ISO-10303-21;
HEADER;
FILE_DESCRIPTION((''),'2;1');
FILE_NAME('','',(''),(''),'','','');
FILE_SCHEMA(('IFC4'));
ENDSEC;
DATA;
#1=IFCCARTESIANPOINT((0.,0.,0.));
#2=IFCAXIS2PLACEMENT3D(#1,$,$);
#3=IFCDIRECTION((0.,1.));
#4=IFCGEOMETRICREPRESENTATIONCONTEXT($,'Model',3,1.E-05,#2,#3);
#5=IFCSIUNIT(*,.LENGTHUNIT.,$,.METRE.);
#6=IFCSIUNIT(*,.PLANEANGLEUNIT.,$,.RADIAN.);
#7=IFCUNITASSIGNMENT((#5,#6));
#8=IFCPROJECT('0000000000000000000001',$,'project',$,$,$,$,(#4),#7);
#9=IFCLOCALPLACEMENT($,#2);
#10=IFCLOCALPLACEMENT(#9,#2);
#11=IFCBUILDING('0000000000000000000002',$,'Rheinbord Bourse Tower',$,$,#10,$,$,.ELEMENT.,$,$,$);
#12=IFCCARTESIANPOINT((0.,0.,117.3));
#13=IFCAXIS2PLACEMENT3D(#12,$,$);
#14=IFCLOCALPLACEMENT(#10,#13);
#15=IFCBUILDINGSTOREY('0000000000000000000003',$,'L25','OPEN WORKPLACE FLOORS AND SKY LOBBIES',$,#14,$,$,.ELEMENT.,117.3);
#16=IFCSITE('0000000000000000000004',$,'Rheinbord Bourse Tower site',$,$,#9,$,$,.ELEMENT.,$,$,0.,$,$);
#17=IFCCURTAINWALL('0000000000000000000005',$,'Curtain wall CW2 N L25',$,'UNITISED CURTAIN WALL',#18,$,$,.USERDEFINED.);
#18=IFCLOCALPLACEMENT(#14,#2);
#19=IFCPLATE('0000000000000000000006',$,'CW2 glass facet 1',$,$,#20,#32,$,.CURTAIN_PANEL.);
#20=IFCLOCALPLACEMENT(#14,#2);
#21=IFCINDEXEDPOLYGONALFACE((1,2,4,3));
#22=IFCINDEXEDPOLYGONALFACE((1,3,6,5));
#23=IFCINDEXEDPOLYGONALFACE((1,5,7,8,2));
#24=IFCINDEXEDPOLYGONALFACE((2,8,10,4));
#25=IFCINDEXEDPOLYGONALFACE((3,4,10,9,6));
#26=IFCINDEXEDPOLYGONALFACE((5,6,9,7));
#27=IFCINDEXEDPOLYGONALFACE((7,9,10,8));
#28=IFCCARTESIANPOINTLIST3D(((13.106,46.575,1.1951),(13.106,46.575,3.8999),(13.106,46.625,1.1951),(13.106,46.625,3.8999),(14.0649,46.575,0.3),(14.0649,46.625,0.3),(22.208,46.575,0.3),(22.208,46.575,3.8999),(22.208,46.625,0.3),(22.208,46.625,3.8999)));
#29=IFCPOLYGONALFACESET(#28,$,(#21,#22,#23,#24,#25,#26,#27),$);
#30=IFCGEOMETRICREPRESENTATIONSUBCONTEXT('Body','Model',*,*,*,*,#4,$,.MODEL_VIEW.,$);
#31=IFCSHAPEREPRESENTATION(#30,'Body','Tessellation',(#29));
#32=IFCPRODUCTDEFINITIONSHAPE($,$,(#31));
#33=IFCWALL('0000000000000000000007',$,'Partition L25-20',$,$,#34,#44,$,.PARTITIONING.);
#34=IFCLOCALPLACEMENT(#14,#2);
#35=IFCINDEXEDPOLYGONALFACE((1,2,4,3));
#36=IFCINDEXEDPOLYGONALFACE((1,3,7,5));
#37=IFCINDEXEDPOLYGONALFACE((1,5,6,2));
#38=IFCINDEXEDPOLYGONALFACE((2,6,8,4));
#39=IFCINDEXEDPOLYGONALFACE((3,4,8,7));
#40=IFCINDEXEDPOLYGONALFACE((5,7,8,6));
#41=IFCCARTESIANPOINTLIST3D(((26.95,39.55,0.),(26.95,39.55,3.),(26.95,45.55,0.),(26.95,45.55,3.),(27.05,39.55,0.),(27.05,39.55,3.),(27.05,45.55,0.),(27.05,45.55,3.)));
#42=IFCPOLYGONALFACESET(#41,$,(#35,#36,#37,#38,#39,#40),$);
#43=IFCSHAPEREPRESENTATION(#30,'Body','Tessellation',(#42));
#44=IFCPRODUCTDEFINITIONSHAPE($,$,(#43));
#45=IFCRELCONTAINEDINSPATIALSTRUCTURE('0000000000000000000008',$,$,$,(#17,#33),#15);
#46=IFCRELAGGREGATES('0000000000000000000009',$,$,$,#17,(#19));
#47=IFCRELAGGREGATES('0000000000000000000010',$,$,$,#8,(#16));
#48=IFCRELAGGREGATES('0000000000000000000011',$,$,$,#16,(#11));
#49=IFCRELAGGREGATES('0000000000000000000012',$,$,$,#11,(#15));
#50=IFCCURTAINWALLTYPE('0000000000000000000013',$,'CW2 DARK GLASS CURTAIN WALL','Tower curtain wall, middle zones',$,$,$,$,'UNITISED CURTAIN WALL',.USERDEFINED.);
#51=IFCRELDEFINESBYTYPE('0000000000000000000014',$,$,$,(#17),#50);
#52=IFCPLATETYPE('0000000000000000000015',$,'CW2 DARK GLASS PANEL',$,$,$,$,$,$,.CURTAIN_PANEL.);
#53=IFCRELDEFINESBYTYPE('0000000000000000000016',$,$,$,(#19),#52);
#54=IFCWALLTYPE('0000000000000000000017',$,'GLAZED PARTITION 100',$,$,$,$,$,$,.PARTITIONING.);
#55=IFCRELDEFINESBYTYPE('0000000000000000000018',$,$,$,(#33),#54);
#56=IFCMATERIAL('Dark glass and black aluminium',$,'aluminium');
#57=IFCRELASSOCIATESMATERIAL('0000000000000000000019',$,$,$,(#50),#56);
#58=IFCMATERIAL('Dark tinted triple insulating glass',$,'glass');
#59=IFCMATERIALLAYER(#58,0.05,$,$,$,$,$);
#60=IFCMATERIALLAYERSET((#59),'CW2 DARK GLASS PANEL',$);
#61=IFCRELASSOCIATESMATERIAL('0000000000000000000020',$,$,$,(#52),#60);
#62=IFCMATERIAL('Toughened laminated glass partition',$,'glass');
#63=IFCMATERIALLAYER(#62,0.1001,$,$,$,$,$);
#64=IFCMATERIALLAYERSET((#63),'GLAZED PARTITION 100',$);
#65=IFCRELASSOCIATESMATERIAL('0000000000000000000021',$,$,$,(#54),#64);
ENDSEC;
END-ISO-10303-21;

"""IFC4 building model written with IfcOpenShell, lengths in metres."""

from ifc_helpers import new_model, si_unit, direction, frame, frame_2d, origin, place, context, subcontext, project, spatial, polyline, rectangle, outline, extrude, material, layer, layer_set, type_object, element, aggregate, save


model = new_model("IFC4")

# Units and contexts
model_context = context("Model", 3, precision=1e-05, world=origin(), true_north=direction((0.0, 1.0)))
body_context = subcontext(model_context, "Body", "Model", "MODEL_VIEW")
ifc_project = project(units=[si_unit("LENGTHUNIT", "METRE"), si_unit("PLANEANGLEUNIT", "RADIAN")], contexts=[model_context])

# Site, building, storey
site_placement = place(None, origin())
site = spatial("IfcSite", under=ifc_project, at=site_placement, Name="Rheinbord Bourse Tower site", CompositionType="ELEMENT", RefElevation=0.0)
building_placement = place(site_placement, origin())
building = spatial("IfcBuilding", under=site, at=building_placement, Name="Rheinbord Bourse Tower", CompositionType="ELEMENT")
storey_placement = place(building_placement, frame((0.0, 0.0, 117.3)))
storey = spatial("IfcBuildingStorey", under=building, at=storey_placement, Name="L25", Description="OPEN WORKPLACE FLOORS AND SKY LOBBIES", CompositionType="ELEMENT", Elevation=117.3)

# Curtain wall
ifc_material_1 = material(Name="Dark glass and black aluminium", Category="aluminium")
curtain_wall_type = type_object("IfcCurtainWallType", Name="CW2 DARK GLASS CURTAIN WALL", Description="Tower curtain wall, middle zones", ElementType="UNITISED CURTAIN WALL", PredefinedType="USERDEFINED", material=ifc_material_1)
curtain_wall_placement = place(storey_placement, origin())
curtain_wall = element("IfcCurtainWall", 1, at=curtain_wall_placement, inside=storey, type_object=curtain_wall_type, Name="Curtain wall CW2 N L25", ObjectType="UNITISED CURTAIN WALL", PredefinedType="USERDEFINED")

# Plate
ifc_material_2 = material(Name="Dark tinted triple insulating glass", Category="glass")
ifc_layer_1 = layer(ifc_material_2, 0.05)
ifc_layer_set_1 = layer_set([ifc_layer_1], Name="CW2 DARK GLASS PANEL")
plate_type = type_object("IfcPlateType", Name="CW2 DARK GLASS PANEL", PredefinedType="CURTAIN_PANEL", material=ifc_layer_set_1)
plate_1_placement = place(storey_placement, frame((22.208, 46.625, 0.3), z_axis=(0.0, -1.0, 0.0), x_axis=(0.0, 0.0, 1.0)))
plate_1 = element("IfcPlate", 2, at=plate_1_placement, type_object=plate_type, Name="CW2 glass facet 1", PredefinedType="CURTAIN_PANEL", context=body_context, shape_type="SweptSolid", body=[
    extrude(outline(polyline([(0.0, 0.0), (3.5999, 0.0), (3.5999, 9.1021), (0.895, 9.1021), (0.0, 8.1431), (0.0, 0.0)])), origin(), (0.0, 0.0, 1.0), 0.05),
])
aggregate(curtain_wall, [plate_1])

# Wall
ifc_material_3 = material(Name="Toughened laminated glass partition", Category="glass")
ifc_layer_2 = layer(ifc_material_3, 0.1001)
ifc_layer_set_2 = layer_set([ifc_layer_2], Name="GLAZED PARTITION 100")
wall_type = type_object("IfcWallType", Name="GLAZED PARTITION 100", PredefinedType="PARTITIONING", material=ifc_layer_set_2)
wall_placement = place(storey_placement, frame((27.0, 39.55, 0.0), z_axis=(0.0, 0.0, 1.0), x_axis=(0.0, 1.0, 0.0)))
element("IfcWall", 3, at=wall_placement, inside=storey, type_object=wall_type, Name="Partition L25-20", PredefinedType="PARTITIONING", context=body_context, shape_type="SweptSolid", body=[
    extrude(rectangle(XDim=6.0, YDim=0.1001, at=frame_2d((3.0, 0.0))), origin(), (0.0, 0.0, 1.0), 3.0),
])

save(model, "model.ifc")
